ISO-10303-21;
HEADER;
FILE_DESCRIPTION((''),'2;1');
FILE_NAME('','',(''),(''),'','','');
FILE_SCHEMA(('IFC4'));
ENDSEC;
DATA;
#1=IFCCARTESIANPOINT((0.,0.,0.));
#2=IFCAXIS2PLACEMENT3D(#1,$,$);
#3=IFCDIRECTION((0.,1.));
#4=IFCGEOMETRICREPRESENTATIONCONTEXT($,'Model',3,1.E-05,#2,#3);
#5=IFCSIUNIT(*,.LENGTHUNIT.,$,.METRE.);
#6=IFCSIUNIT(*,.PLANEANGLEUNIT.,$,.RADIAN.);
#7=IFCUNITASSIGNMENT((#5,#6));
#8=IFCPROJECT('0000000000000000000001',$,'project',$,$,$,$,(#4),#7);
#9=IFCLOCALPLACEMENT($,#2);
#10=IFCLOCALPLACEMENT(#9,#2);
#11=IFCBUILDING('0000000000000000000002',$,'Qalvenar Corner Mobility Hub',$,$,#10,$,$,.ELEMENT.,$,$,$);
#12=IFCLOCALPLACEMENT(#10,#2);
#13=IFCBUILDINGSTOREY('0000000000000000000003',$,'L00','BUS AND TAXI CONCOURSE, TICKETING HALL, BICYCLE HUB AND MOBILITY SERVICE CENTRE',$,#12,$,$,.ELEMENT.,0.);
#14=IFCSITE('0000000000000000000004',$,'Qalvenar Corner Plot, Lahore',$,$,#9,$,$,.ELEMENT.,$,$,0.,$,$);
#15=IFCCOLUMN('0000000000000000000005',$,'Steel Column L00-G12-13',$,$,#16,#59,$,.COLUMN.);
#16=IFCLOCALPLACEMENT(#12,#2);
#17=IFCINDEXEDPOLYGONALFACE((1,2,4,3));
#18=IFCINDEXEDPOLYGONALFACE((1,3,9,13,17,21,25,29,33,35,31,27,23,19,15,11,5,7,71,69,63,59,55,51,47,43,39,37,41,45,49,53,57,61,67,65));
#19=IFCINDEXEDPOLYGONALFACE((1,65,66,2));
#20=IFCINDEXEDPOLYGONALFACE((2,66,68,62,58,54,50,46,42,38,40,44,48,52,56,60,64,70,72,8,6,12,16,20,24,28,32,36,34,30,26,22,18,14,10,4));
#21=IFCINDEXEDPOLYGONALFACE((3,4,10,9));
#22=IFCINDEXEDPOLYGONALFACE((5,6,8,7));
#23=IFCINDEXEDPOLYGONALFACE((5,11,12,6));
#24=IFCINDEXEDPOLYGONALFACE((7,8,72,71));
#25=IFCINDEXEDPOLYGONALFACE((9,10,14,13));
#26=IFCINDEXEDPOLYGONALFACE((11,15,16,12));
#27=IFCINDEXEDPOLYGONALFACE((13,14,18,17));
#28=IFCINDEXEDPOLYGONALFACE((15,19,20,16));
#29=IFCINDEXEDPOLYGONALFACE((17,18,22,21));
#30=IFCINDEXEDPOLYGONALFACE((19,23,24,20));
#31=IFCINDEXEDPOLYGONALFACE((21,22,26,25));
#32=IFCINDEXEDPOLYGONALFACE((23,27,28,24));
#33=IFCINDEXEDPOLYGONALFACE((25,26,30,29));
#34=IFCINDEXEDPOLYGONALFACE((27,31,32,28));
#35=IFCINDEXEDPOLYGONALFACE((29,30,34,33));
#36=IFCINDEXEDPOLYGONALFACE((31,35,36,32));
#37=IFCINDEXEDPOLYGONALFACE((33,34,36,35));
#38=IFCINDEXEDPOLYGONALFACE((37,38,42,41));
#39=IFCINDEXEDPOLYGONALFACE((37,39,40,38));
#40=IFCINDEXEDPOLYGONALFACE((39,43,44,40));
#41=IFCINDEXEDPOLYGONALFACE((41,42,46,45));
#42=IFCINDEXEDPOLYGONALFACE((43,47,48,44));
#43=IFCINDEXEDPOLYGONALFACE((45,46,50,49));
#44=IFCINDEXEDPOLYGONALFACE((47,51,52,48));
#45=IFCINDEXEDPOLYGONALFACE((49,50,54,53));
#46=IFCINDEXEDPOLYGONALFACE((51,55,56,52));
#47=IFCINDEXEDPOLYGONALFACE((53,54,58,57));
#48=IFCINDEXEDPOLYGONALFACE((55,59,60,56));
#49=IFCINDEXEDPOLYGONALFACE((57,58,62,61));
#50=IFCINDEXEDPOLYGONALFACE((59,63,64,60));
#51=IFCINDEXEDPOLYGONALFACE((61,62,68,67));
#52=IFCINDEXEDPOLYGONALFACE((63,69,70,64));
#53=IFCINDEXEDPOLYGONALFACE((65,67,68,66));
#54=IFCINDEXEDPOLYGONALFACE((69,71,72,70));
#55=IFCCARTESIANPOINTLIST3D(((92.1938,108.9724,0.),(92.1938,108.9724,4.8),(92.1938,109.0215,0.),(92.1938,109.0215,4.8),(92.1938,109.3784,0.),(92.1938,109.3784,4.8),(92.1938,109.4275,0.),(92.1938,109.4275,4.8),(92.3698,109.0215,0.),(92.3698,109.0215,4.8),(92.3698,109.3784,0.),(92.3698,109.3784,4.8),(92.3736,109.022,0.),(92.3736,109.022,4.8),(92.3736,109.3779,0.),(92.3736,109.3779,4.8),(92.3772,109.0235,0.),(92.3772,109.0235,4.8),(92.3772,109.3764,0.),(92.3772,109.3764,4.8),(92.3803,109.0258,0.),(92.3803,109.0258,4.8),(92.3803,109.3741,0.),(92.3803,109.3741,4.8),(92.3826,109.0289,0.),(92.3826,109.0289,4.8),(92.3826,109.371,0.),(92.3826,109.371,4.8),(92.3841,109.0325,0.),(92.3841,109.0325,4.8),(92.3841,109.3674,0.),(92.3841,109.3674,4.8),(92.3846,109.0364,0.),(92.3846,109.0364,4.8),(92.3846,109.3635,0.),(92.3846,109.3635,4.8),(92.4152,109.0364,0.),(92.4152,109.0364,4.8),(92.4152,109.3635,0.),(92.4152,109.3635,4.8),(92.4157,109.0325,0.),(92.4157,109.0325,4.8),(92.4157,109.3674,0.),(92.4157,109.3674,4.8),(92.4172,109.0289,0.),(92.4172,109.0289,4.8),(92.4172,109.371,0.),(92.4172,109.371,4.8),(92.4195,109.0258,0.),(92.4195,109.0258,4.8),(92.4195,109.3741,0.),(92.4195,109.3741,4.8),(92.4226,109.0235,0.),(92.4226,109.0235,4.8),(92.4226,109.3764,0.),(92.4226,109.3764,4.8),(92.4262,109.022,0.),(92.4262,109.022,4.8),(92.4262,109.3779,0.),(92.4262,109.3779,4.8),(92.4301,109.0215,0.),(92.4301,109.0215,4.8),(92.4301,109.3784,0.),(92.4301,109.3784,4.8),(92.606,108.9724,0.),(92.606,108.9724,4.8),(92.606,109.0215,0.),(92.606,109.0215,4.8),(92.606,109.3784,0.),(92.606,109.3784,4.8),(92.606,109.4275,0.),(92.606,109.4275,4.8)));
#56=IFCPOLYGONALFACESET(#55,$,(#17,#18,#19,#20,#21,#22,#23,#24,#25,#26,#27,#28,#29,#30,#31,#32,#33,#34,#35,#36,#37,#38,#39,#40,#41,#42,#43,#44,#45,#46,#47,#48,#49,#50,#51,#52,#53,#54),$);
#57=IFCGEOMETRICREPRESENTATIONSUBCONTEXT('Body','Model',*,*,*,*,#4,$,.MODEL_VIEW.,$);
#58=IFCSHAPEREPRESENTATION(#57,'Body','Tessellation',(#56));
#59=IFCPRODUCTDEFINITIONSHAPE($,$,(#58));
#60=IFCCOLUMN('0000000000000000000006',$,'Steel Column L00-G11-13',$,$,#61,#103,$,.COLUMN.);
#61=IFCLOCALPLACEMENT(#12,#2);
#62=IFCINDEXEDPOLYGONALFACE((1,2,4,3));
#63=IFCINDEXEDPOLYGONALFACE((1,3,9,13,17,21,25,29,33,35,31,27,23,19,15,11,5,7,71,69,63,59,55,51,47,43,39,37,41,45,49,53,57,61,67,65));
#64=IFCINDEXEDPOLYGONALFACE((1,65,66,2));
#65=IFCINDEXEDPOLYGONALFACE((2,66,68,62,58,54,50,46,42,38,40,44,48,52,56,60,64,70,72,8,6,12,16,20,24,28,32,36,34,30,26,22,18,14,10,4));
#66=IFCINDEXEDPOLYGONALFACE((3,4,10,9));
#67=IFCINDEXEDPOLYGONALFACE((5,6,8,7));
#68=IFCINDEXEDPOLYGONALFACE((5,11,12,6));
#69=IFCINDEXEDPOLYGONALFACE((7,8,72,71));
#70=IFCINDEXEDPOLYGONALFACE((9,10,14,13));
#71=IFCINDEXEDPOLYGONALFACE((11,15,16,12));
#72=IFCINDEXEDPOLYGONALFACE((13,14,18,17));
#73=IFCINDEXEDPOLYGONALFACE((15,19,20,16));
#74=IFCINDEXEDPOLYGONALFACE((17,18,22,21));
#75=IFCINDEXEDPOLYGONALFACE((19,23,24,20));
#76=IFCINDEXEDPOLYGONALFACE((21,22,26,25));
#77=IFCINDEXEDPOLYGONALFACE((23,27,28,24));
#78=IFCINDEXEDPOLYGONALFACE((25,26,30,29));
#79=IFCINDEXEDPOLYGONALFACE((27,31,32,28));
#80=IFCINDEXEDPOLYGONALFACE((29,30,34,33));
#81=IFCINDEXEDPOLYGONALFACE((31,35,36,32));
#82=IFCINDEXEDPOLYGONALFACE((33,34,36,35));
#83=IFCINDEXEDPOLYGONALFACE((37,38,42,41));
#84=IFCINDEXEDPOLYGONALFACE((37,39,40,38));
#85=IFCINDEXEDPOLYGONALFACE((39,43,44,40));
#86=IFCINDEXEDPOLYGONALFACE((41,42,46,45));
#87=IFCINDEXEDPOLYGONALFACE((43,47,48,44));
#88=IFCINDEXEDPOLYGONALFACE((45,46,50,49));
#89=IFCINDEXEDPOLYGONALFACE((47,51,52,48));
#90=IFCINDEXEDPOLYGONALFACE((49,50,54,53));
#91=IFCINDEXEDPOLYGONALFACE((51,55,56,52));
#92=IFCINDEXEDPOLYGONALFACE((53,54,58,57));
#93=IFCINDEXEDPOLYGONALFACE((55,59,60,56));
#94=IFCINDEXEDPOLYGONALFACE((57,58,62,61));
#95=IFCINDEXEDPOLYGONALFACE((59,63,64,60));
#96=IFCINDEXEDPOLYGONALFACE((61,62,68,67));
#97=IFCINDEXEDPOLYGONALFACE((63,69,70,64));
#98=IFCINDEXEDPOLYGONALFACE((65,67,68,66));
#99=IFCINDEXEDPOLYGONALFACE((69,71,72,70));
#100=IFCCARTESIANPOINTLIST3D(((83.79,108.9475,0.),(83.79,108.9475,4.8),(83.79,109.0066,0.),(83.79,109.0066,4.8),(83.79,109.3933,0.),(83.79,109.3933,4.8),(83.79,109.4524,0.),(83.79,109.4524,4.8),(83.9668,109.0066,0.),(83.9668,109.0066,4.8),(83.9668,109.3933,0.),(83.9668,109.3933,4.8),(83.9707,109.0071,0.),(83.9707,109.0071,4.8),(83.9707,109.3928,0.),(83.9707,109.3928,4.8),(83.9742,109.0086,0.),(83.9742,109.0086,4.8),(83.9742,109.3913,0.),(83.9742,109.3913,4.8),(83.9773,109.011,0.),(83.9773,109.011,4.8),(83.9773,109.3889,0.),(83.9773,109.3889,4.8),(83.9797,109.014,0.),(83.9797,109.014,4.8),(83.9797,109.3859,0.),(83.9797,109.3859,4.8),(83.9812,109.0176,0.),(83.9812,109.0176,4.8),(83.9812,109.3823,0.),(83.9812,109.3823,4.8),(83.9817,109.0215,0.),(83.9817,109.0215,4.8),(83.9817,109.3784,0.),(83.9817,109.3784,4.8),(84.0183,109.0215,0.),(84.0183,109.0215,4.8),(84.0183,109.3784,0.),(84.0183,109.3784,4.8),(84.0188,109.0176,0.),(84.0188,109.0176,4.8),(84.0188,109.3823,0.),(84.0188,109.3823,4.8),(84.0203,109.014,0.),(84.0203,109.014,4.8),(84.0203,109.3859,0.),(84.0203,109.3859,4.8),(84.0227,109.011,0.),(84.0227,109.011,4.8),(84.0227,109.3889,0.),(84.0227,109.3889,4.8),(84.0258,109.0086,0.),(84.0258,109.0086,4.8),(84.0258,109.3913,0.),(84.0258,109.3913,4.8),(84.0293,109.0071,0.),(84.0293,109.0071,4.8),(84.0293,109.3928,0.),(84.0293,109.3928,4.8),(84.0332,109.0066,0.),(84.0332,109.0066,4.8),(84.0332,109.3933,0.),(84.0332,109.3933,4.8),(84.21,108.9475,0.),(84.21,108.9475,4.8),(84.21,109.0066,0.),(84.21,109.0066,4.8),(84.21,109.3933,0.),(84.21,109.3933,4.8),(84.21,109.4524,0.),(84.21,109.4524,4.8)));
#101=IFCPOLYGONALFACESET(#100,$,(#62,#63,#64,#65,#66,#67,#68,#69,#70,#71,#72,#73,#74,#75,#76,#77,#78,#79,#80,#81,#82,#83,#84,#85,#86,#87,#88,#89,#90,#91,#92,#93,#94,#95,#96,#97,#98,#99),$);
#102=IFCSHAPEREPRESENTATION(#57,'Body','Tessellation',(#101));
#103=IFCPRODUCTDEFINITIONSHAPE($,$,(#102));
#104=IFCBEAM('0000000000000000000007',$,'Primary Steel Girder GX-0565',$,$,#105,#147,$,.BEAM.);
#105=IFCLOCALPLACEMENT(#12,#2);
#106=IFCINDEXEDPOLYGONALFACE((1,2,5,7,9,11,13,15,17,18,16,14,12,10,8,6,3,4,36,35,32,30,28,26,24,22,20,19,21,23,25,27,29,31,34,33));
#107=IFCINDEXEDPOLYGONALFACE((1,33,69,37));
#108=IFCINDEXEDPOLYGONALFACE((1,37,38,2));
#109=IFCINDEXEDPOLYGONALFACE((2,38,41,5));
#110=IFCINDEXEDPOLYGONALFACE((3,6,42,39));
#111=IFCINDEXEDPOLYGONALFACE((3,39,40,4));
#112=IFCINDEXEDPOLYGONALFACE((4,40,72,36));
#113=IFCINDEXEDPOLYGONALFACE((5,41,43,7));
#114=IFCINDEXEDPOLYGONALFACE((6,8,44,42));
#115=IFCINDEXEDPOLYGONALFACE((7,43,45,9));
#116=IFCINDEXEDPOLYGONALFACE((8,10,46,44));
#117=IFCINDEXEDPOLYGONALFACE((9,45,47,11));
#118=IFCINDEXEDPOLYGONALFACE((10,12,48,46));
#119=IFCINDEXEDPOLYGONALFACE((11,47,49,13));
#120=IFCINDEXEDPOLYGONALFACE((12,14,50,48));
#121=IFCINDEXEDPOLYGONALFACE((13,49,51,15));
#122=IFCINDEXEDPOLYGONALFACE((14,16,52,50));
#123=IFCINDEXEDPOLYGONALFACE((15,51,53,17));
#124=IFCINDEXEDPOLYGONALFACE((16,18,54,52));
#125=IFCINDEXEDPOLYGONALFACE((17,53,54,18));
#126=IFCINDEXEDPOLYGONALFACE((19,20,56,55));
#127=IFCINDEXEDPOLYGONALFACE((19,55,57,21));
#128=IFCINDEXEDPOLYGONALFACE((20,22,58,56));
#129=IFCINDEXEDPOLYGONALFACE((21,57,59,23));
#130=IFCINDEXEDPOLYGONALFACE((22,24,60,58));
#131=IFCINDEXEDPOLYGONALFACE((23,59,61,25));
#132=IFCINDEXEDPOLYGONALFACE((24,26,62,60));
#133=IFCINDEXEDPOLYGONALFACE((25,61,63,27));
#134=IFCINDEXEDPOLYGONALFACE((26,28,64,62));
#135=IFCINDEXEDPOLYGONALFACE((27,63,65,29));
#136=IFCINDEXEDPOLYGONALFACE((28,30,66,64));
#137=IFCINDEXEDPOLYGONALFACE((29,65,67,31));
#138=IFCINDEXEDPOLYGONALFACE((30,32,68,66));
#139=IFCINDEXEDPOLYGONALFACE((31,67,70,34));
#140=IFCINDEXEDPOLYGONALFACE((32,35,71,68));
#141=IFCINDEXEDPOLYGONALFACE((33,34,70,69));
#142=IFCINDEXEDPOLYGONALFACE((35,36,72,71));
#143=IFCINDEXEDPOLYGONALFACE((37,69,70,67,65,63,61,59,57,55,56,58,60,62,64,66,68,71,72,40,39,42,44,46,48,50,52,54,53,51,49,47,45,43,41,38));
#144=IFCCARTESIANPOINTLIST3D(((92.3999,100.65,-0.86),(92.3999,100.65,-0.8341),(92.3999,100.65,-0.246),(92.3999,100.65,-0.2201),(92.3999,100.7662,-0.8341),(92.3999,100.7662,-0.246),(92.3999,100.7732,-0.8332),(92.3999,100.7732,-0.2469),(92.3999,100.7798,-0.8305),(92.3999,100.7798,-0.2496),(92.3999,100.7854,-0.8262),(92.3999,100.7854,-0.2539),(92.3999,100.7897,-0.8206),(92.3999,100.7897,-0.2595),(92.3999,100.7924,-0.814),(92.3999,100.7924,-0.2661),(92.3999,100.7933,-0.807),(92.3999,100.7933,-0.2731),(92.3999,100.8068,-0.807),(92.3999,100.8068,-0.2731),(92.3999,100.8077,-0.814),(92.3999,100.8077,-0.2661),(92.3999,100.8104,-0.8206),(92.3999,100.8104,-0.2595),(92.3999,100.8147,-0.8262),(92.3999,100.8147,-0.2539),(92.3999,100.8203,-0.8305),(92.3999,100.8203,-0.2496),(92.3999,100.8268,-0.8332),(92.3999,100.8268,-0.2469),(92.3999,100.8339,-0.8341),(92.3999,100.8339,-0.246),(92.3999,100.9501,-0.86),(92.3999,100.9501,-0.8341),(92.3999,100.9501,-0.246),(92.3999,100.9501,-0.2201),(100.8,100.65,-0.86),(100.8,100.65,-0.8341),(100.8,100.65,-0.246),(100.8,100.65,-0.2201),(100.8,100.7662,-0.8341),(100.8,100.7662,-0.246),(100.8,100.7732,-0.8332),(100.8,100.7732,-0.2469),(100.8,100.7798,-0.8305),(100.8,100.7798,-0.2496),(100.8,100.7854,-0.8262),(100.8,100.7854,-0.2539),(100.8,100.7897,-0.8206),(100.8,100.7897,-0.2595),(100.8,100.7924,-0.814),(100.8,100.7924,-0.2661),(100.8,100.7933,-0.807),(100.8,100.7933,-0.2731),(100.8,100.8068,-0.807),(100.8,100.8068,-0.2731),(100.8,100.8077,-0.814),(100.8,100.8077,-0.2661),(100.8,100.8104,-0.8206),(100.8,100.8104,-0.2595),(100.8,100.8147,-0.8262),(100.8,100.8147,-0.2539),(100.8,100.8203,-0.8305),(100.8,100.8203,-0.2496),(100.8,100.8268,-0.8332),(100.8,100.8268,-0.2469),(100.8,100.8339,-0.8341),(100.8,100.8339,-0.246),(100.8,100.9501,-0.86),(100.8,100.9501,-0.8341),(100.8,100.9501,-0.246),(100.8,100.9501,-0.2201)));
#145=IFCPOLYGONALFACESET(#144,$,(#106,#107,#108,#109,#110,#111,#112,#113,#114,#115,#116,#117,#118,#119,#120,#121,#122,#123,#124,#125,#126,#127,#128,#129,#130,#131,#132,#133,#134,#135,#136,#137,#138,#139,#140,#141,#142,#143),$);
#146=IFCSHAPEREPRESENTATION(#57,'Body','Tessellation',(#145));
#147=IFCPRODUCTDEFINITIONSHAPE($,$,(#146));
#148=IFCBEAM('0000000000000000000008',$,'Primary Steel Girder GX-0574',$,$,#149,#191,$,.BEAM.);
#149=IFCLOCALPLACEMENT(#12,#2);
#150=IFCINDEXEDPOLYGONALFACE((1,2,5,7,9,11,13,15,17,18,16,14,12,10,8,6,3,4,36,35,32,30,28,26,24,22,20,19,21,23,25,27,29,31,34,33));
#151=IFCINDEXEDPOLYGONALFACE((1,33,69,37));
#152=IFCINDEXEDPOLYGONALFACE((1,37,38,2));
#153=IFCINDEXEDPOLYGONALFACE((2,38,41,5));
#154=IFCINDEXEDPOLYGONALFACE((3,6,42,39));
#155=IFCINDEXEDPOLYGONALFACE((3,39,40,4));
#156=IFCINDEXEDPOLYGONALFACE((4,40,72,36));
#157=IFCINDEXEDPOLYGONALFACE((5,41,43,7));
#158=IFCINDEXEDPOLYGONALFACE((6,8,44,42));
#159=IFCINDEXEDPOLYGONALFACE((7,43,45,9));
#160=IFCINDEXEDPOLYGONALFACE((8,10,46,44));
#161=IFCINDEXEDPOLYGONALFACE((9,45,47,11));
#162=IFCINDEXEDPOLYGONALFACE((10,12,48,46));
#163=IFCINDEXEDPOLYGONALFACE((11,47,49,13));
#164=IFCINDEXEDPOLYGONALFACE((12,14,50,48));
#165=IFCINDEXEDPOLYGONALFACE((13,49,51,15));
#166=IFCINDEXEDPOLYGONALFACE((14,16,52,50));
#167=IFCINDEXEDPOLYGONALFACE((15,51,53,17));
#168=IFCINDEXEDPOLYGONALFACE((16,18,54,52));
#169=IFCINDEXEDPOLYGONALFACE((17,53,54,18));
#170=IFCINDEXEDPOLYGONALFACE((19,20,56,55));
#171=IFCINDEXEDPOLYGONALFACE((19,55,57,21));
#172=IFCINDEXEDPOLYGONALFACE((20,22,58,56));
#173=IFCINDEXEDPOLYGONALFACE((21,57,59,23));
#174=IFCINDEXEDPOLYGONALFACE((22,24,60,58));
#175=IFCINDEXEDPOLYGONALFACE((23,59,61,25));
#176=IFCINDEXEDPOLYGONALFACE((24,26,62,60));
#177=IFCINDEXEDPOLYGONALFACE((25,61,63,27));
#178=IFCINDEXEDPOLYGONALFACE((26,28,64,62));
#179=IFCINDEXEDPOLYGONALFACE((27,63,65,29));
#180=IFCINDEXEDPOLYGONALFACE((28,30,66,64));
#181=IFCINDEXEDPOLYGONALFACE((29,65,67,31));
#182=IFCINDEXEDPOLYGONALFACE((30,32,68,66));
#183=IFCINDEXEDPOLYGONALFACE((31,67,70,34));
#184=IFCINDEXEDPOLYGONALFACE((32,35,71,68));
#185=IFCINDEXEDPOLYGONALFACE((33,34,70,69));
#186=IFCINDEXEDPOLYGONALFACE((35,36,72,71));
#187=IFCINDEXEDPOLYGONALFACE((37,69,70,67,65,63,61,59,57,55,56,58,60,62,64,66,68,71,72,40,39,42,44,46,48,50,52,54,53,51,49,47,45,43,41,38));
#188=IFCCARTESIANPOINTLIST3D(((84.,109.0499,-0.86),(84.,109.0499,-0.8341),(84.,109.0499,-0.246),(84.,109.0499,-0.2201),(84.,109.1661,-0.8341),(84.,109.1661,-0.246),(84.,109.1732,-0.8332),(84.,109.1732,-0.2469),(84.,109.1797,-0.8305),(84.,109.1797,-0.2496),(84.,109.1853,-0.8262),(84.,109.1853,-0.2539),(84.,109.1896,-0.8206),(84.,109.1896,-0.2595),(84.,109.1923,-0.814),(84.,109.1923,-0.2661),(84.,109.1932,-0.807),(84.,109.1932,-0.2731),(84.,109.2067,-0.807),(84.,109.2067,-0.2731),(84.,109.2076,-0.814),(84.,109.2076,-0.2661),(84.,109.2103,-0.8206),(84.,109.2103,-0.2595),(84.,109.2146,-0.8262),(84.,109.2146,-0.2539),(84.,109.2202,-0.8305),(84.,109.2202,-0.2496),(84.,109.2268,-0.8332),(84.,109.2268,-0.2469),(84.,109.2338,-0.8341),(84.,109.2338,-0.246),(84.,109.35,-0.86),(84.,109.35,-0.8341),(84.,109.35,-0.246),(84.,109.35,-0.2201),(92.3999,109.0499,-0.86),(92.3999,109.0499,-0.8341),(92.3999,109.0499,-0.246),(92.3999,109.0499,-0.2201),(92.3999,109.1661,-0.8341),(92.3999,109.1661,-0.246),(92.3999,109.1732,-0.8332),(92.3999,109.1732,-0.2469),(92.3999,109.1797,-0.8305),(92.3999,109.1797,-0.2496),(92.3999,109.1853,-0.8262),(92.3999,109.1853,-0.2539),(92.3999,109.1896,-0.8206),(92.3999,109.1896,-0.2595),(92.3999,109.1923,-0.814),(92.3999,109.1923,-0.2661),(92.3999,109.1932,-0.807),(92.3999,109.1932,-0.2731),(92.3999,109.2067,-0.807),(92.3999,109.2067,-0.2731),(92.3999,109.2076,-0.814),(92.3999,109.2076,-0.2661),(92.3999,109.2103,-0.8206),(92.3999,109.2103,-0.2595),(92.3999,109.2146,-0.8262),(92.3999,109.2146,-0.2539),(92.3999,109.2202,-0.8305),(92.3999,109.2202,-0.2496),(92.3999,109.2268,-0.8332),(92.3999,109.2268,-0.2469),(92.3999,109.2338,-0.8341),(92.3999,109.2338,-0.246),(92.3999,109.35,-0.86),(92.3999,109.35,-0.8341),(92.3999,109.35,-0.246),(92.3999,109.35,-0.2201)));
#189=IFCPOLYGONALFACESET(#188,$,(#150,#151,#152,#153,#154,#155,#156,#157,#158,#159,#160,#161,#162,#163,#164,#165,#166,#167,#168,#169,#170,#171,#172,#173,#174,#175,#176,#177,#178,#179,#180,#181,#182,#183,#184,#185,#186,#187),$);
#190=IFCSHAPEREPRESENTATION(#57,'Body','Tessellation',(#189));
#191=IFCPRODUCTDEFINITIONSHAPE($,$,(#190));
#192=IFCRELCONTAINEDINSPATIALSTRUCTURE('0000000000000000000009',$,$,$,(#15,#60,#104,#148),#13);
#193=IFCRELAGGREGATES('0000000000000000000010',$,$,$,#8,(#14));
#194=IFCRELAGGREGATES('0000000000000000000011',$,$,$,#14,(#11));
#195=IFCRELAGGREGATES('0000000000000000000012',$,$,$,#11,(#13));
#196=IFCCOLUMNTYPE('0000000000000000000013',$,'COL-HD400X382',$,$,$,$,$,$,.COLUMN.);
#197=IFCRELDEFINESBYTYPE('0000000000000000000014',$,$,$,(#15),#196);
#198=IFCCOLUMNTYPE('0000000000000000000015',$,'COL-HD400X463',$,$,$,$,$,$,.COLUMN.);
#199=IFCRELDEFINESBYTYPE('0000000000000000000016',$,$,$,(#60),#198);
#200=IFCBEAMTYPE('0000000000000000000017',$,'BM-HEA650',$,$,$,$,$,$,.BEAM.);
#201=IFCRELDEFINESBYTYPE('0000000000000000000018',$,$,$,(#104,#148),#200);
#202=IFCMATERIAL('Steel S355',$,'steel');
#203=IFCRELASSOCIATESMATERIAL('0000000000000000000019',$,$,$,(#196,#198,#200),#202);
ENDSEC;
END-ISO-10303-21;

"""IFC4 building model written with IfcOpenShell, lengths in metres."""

from ifc_helpers import new_model, si_unit, direction, frame, origin, origin_2d, place, context, subcontext, project, spatial, i_section, extrude, material, material_profile, profile_set, type_object, element, save


model = new_model("IFC4")

# Units and contexts
model_context = context("Model", 3, precision=1e-05, world=origin(), true_north=direction((0.0, 1.0)))
body_context = subcontext(model_context, "Body", "Model", "MODEL_VIEW")
ifc_project = project(units=[si_unit("LENGTHUNIT", "METRE"), si_unit("PLANEANGLEUNIT", "RADIAN")], contexts=[model_context])

# Site, building, storey
site_placement = place(None, origin())
site = spatial("IfcSite", under=ifc_project, at=site_placement, Name="Qalvenar Corner Plot, Lahore", CompositionType="ELEMENT", RefElevation=0.0)
building_placement = place(site_placement, origin())
building = spatial("IfcBuilding", under=site, at=building_placement, Name="Qalvenar Corner Mobility Hub", CompositionType="ELEMENT")
storey_placement = place(building_placement, origin())
storey = spatial("IfcBuildingStorey", under=building, at=storey_placement, Name="L00", Description="BUS AND TAXI CONCOURSE, TICKETING HALL, BICYCLE HUB AND MOBILITY SERVICE CENTRE", CompositionType="ELEMENT", Elevation=0.0)

# Columns
ifc_material_1 = material(Name="Steel S355", Category="steel")
ifc_material_profile_1 = material_profile(ifc_material_1, i_section(OverallWidth=0.4121, OverallDepth=0.4551, WebThickness=0.0305, FlangeThickness=0.0491, FilletRadius=0.0149, at=origin_2d()), Name="HD400x421")
ifc_profile_set_1 = profile_set([ifc_material_profile_1], Name="Steel S355")
column_type_1 = type_object("IfcColumnType", Name="COL-HD400X382", PredefinedType="COLUMN", material=ifc_profile_set_1)
column_1_placement = place(storey_placement, frame((92.3999, 109.2, 0.0), z_axis=(0.0, 0.0, 1.0), x_axis=(1.0, 0.0, 0.0)))
element("IfcColumn", 1, at=column_1_placement, inside=storey, type_object=column_type_1, Name="Steel Column L00-G12-13", PredefinedType="COLUMN", context=body_context, shape_type="SweptSolid", body=[
    extrude(i_section(OverallWidth=0.4121, OverallDepth=0.4551, WebThickness=0.0305, FlangeThickness=0.0491, FilletRadius=0.0149, at=origin_2d()), origin(), (0.0, 0.0, 1.0), 4.8),
])
ifc_material_profile_2 = material_profile(ifc_material_1, i_section(OverallWidth=0.4199, OverallDepth=0.5049, WebThickness=0.0366, FlangeThickness=0.0591, FilletRadius=0.0149, at=origin_2d()), Name="HD400x551")
ifc_profile_set_2 = profile_set([ifc_material_profile_2], Name="Steel S355")
column_type_2 = type_object("IfcColumnType", Name="COL-HD400X463", PredefinedType="COLUMN", material=ifc_profile_set_2)
column_2_placement = place(storey_placement, frame((84.0, 109.2, 0.0), z_axis=(0.0, 0.0, 1.0), x_axis=(1.0, 0.0, 0.0)))
element("IfcColumn", 2, at=column_2_placement, inside=storey, type_object=column_type_2, Name="Steel Column L00-G11-13", PredefinedType="COLUMN", context=body_context, shape_type="SweptSolid", body=[
    extrude(i_section(OverallWidth=0.4199, OverallDepth=0.5049, WebThickness=0.0366, FlangeThickness=0.0591, FilletRadius=0.0149, at=origin_2d()), origin(), (0.0, 0.0, 1.0), 4.8),
])

# Beams
ifc_material_profile_3 = material_profile(ifc_material_1, i_section(OverallWidth=0.3, OverallDepth=0.6399, WebThickness=0.0134, FlangeThickness=0.0259, FilletRadius=0.0271, at=origin_2d()), Name="HEA650")
ifc_profile_set_3 = profile_set([ifc_material_profile_3], Name="Steel S355")
beam_type_1 = type_object("IfcBeamType", Name="BM-HEA650", PredefinedType="BEAM", material=ifc_profile_set_3)
beam_1_placement = place(storey_placement, frame((92.3999, 100.8, -0.54), z_axis=(1.0, 0.0, 0.0), x_axis=(0.0, 1.0, 0.0)))
element("IfcBeam", 3, at=beam_1_placement, inside=storey, type_object=beam_type_1, Name="Primary Steel Girder GX-0565", PredefinedType="BEAM", context=body_context, shape_type="SweptSolid", body=[
    extrude(i_section(OverallWidth=0.3, OverallDepth=0.6399, WebThickness=0.0134, FlangeThickness=0.0259, FilletRadius=0.0271, at=origin_2d()), origin(), (0.0, 0.0, 1.0), 8.4001),
])
beam_2_placement = place(storey_placement, frame((84.0, 109.2, -0.54), z_axis=(1.0, 0.0, 0.0), x_axis=(0.0, 1.0, 0.0)))
element("IfcBeam", 4, at=beam_2_placement, inside=storey, type_object=beam_type_1, Name="Primary Steel Girder GX-0574", PredefinedType="BEAM", context=body_context, shape_type="SweptSolid", body=[
    extrude(i_section(OverallWidth=0.3, OverallDepth=0.6399, WebThickness=0.0134, FlangeThickness=0.0259, FilletRadius=0.0271, at=origin_2d()), origin(), (0.0, 0.0, 1.0), 8.3999),
])

save(model, "model.ifc")
